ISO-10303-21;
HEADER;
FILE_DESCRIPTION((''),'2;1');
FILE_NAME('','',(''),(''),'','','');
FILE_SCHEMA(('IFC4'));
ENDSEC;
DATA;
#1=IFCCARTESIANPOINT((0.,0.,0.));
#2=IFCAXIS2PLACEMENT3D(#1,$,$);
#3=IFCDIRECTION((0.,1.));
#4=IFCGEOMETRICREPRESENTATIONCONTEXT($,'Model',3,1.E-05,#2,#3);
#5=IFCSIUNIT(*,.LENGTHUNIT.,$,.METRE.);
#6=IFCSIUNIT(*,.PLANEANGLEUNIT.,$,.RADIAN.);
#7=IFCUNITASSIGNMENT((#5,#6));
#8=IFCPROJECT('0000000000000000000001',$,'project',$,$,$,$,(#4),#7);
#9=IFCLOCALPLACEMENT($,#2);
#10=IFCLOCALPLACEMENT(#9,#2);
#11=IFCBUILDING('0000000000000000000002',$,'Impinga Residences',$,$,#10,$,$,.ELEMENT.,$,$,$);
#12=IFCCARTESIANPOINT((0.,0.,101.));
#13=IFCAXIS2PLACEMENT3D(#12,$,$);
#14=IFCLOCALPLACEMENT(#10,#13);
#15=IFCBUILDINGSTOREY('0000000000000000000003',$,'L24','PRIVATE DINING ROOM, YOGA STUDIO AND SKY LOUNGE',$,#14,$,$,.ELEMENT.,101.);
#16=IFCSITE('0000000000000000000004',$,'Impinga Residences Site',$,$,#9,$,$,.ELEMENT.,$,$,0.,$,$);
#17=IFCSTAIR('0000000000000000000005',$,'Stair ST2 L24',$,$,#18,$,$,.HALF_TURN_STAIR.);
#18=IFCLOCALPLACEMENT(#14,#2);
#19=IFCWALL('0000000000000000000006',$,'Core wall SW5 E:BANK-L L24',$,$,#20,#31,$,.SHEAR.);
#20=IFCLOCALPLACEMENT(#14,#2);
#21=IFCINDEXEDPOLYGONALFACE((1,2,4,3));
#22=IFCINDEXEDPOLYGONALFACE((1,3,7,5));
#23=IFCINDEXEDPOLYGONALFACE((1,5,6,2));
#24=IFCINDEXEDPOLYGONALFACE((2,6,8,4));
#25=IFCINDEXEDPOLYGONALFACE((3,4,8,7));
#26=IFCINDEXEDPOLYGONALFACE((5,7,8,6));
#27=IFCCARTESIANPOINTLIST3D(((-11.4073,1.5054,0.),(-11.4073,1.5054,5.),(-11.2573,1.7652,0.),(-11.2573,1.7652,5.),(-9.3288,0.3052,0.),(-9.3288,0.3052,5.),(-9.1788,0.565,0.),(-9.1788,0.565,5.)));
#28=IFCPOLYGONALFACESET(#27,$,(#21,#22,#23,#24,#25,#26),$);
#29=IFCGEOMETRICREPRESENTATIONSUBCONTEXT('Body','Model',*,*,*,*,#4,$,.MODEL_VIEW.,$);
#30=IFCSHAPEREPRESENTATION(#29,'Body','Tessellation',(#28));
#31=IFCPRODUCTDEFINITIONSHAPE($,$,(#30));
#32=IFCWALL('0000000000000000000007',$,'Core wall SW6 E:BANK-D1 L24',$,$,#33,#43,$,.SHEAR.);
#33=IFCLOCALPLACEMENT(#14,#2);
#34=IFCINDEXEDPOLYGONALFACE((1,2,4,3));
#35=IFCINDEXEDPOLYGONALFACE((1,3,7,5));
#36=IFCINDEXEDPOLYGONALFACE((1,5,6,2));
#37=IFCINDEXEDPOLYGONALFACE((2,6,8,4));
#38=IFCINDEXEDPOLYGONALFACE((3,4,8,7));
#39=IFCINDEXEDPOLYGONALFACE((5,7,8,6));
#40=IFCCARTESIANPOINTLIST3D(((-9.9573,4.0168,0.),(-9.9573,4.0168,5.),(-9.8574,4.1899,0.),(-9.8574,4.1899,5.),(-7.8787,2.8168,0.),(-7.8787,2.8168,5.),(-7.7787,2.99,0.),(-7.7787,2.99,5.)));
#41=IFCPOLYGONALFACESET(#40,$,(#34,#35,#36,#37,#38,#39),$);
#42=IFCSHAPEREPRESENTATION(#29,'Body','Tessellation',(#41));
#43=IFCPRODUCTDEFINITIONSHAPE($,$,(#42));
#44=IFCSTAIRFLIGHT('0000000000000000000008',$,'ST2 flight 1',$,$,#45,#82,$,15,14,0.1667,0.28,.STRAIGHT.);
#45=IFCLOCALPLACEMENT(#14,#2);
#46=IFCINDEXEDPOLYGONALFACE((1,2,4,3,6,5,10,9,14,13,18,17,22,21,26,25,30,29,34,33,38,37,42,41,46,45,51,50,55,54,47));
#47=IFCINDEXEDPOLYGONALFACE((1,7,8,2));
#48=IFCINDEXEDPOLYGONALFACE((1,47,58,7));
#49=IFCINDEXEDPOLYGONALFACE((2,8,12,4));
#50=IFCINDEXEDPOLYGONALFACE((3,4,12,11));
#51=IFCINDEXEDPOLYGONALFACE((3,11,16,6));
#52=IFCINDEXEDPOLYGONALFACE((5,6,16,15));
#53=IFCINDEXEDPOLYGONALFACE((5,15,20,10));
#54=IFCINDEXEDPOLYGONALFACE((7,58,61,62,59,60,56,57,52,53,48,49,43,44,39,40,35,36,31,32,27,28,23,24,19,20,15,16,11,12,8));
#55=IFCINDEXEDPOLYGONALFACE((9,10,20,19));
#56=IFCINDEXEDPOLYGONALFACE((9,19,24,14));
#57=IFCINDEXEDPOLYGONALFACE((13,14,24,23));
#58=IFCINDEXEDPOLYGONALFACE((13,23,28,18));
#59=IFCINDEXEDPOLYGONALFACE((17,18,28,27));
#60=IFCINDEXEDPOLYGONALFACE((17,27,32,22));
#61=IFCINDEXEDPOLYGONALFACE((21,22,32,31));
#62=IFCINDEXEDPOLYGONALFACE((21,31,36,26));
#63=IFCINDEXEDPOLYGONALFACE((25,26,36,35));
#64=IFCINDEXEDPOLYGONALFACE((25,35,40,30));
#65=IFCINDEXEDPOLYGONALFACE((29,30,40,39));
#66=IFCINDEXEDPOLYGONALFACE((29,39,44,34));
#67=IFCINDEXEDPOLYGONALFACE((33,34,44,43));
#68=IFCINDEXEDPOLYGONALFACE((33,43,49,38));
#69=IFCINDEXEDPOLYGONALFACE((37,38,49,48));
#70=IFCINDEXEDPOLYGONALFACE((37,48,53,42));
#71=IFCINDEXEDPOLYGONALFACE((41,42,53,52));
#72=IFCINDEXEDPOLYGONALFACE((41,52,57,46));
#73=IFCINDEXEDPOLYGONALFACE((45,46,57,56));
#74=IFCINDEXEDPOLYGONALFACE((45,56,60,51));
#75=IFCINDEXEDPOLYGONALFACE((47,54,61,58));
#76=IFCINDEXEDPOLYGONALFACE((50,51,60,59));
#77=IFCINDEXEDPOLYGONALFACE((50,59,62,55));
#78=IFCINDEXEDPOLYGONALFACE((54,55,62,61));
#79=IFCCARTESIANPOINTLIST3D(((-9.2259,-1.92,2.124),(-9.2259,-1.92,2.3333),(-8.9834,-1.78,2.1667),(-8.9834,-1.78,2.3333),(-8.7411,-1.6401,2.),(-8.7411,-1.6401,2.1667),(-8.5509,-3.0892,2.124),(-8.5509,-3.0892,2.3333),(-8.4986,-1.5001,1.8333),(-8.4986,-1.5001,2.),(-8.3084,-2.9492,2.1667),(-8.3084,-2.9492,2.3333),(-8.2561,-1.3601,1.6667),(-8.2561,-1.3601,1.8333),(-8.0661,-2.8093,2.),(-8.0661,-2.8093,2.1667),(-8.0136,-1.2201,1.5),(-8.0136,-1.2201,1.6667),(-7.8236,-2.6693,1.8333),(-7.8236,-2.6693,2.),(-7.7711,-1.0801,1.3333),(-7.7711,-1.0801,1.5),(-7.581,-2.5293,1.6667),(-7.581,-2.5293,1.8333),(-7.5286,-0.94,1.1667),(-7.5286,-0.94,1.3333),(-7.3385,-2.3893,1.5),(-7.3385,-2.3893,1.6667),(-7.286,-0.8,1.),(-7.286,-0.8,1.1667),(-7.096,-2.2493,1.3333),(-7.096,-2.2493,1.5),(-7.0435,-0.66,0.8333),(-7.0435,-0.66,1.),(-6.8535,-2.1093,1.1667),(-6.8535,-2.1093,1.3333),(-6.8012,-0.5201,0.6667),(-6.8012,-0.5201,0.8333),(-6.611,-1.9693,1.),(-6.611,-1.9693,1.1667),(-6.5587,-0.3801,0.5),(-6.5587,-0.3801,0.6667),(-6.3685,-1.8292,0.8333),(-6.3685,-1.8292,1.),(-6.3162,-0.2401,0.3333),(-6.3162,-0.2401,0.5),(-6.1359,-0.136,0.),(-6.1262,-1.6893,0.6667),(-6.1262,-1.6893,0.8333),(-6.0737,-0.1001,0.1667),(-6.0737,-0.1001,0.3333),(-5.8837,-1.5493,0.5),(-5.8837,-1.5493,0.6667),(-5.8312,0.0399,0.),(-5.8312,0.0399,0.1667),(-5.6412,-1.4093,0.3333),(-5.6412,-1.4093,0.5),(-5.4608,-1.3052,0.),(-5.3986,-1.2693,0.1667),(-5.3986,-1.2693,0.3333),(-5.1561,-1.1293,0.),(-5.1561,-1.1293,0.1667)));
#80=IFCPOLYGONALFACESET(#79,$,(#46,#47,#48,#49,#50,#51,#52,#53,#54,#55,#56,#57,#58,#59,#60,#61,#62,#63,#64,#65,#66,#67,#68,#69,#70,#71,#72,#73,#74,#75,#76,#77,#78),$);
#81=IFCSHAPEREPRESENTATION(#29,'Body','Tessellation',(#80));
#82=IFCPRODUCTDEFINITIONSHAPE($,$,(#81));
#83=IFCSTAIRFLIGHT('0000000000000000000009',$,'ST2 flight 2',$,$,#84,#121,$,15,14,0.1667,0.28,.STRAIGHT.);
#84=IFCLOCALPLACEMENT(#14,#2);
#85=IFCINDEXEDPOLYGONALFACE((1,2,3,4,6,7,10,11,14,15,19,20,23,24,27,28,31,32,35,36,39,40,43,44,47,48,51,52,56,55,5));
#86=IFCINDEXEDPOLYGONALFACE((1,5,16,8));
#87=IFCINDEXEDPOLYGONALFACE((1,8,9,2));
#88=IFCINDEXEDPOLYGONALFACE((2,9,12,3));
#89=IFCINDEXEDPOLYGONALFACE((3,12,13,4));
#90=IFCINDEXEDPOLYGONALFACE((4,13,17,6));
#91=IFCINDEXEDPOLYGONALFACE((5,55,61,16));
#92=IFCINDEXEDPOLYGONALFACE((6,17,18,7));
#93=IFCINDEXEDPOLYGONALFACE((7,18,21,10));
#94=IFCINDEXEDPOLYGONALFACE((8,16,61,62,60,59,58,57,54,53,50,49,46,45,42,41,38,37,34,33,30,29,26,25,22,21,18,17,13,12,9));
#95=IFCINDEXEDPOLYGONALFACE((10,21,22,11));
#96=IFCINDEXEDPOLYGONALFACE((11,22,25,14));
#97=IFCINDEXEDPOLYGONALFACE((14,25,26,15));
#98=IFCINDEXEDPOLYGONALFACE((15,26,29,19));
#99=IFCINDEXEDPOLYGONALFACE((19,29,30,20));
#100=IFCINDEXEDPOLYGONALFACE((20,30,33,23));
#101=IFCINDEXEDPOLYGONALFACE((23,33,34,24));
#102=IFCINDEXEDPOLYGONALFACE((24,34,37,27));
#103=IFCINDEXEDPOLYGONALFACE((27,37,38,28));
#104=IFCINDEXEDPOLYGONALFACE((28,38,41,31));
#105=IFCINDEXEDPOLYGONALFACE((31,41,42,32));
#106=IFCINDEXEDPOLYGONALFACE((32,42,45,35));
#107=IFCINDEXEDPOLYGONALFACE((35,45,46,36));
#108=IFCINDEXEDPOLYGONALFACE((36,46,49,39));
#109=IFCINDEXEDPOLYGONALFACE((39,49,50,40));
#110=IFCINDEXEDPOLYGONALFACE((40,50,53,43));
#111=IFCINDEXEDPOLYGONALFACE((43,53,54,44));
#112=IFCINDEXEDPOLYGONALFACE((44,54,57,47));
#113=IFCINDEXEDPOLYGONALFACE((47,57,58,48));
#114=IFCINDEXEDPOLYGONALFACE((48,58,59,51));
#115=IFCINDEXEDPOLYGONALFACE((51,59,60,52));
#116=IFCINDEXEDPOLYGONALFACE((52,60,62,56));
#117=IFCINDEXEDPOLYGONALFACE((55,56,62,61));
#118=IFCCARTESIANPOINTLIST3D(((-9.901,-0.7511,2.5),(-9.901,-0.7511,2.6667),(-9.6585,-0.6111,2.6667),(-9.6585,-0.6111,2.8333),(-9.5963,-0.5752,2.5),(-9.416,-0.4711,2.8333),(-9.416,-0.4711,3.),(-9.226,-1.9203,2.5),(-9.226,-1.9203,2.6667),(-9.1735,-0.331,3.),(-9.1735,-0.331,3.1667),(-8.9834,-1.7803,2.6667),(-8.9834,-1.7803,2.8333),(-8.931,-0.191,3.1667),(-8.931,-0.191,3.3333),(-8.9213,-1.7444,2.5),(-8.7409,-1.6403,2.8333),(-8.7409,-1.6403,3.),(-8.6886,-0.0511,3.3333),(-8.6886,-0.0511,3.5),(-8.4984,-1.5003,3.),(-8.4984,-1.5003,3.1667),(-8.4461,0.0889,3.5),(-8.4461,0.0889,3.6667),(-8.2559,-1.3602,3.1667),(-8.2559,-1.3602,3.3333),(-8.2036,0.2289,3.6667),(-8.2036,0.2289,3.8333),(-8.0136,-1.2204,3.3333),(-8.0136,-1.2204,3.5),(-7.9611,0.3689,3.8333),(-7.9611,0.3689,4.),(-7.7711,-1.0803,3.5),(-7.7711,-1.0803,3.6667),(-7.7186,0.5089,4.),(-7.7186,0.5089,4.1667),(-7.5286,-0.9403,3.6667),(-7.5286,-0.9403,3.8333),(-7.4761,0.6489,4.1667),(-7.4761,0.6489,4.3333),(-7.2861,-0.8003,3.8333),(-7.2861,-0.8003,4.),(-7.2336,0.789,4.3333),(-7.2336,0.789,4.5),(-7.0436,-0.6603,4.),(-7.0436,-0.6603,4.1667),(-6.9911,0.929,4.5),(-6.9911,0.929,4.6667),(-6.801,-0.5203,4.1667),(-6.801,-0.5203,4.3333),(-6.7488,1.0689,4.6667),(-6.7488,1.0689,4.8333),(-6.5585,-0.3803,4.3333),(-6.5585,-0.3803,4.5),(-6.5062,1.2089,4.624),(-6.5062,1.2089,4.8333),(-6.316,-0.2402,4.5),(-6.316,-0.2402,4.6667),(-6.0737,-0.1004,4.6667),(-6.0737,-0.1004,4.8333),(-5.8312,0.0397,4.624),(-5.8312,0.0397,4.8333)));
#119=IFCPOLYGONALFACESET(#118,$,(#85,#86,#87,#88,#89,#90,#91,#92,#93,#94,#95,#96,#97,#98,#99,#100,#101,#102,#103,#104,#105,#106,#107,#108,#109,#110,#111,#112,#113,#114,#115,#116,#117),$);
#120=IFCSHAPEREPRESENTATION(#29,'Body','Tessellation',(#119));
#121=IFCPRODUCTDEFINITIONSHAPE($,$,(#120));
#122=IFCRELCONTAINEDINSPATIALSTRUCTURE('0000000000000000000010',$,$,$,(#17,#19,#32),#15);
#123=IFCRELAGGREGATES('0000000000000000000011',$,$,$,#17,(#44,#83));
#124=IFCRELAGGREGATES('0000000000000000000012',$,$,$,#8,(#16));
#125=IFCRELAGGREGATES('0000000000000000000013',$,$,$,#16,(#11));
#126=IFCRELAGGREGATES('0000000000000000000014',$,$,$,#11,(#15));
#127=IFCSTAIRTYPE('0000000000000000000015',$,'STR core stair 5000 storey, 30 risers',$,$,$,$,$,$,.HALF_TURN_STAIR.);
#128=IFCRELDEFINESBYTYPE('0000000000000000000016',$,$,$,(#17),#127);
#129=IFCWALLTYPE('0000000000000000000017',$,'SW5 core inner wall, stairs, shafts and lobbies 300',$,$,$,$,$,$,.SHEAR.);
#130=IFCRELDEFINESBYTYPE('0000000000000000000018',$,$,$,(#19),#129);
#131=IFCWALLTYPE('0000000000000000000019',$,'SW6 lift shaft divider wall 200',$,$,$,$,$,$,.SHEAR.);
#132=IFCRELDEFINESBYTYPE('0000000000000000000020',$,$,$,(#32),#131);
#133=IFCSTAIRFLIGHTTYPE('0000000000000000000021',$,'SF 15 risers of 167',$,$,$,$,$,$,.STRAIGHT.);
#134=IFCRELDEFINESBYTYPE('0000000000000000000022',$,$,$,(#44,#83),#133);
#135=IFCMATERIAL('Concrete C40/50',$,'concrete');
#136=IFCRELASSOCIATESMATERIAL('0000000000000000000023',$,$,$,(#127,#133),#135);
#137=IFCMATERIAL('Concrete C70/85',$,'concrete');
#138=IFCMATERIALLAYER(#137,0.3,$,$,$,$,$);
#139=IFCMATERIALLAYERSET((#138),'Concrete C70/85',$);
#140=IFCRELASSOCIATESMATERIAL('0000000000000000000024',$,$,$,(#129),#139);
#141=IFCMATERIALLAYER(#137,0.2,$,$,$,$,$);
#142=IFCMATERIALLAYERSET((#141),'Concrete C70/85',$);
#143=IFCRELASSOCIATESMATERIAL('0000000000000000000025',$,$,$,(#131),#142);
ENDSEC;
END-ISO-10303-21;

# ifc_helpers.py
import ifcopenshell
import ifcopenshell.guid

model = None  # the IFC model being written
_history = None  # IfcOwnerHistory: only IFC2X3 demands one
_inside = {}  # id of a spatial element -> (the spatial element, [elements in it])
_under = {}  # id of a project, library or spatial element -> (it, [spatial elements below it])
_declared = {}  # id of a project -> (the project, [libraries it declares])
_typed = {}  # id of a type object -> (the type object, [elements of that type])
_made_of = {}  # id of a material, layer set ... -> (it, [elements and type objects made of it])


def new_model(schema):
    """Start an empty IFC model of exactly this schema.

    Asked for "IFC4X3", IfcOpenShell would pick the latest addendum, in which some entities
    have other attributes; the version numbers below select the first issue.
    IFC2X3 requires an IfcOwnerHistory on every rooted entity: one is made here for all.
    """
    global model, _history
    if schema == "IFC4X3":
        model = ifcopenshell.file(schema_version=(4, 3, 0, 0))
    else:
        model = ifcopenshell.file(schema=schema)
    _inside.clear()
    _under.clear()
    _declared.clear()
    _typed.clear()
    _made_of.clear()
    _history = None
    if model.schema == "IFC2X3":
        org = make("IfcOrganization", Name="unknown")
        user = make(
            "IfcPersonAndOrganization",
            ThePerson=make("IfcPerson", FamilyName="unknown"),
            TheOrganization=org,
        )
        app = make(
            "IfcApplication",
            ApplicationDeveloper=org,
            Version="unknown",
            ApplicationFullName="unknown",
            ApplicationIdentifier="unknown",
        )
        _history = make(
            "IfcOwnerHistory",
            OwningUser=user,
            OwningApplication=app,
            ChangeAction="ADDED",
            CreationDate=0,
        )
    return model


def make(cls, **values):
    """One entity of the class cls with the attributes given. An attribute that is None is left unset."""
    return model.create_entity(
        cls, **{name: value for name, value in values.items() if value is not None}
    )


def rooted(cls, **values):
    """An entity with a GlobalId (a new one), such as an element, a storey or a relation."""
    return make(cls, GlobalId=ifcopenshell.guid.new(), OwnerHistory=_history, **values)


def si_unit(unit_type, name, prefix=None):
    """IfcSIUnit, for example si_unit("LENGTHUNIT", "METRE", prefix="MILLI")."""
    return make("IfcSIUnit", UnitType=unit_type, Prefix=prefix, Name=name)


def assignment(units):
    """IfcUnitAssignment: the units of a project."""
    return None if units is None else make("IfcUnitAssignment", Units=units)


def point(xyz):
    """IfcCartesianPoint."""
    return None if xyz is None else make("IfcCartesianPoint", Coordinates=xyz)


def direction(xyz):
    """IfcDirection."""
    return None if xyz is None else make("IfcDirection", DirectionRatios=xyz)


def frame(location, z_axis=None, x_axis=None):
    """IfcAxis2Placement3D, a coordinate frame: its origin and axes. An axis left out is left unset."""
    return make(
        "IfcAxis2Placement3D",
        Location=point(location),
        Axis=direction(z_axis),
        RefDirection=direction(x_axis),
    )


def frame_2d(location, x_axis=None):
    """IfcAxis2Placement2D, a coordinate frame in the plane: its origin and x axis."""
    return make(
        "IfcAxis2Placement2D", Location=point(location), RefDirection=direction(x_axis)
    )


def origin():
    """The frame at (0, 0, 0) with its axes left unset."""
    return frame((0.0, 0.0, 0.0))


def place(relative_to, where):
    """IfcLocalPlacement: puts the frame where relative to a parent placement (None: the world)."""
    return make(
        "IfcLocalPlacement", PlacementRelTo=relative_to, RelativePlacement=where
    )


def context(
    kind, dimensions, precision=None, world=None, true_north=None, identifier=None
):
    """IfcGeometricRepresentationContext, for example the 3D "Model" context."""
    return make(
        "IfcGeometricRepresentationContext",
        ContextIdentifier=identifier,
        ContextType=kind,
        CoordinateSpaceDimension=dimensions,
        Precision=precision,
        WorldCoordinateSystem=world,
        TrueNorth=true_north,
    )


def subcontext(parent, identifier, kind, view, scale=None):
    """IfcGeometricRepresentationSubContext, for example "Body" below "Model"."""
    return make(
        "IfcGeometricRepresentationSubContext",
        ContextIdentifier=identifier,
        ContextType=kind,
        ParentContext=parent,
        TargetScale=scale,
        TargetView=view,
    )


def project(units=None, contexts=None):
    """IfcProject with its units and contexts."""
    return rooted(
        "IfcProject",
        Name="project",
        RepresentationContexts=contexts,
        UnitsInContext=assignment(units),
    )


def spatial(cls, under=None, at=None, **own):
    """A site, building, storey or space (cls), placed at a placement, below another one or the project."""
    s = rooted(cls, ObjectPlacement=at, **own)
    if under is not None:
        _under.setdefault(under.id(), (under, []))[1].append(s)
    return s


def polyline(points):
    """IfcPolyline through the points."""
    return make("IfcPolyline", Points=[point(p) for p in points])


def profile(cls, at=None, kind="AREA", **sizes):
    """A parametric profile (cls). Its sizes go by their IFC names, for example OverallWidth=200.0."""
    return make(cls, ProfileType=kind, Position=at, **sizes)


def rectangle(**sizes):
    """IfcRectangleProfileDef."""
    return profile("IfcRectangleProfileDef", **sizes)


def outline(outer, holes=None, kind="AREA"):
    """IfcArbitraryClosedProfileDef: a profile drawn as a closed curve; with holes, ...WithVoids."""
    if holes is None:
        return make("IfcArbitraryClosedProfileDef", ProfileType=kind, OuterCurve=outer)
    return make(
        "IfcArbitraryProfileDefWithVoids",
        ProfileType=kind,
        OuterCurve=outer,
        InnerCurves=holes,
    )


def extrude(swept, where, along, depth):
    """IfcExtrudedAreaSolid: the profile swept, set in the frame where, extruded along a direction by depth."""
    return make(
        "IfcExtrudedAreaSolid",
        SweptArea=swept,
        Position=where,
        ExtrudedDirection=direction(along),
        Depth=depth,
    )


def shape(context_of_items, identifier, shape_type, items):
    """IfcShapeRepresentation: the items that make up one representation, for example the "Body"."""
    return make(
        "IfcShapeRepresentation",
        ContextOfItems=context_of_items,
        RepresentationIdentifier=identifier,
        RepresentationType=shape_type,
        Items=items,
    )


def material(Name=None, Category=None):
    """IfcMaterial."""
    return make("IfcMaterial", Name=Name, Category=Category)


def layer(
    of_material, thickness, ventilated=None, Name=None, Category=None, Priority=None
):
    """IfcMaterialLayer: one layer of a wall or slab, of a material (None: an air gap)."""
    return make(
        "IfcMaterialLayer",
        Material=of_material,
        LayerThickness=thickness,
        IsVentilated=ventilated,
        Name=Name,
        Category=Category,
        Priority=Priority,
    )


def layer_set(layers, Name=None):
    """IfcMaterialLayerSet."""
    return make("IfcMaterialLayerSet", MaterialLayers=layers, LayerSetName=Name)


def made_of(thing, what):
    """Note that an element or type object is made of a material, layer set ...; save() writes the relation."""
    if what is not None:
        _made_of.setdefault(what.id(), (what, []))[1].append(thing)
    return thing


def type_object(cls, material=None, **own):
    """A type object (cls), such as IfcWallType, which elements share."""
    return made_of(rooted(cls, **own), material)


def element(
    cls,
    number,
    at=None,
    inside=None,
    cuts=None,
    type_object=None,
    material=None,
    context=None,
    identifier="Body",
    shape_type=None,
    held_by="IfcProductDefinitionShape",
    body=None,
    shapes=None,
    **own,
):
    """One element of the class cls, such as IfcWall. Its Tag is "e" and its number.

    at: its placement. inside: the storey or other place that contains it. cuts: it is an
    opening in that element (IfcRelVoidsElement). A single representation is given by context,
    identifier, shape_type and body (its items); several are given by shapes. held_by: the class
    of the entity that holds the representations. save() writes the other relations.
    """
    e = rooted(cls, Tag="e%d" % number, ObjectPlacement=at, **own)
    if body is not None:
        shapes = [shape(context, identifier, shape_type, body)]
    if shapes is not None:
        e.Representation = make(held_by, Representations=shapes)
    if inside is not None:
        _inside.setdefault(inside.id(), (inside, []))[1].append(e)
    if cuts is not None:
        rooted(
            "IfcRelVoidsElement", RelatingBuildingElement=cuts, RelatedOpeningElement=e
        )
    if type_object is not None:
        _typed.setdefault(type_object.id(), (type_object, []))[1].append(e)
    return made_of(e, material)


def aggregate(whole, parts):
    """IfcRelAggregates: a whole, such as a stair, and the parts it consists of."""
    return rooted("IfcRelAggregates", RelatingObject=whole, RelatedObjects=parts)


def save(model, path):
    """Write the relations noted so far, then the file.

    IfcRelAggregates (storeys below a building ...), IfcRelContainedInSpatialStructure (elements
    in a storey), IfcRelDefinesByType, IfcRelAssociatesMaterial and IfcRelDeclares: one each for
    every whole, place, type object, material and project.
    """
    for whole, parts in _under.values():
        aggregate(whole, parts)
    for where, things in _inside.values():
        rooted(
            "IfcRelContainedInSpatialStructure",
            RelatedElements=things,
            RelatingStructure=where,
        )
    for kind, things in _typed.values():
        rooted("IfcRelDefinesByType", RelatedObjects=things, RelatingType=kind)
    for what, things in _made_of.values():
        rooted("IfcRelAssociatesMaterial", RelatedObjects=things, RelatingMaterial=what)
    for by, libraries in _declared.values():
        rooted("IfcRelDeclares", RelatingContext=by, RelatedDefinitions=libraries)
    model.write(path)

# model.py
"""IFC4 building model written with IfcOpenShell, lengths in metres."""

from ifc_helpers import new_model, si_unit, direction, frame, frame_2d, origin, place, context, subcontext, project, spatial, polyline, rectangle, outline, extrude, material, layer, layer_set, type_object, element, aggregate, save


model = new_model("IFC4")

# Units and contexts
model_context = context("Model", 3, precision=1e-05, world=origin(), true_north=direction((0.0, 1.0)))
body_context = subcontext(model_context, "Body", "Model", "MODEL_VIEW")
ifc_project = project(units=[si_unit("LENGTHUNIT", "METRE"), si_unit("PLANEANGLEUNIT", "RADIAN")], contexts=[model_context])

# Site, building, storey
site_placement = place(None, origin())
site = spatial("IfcSite", under=ifc_project, at=site_placement, Name="Impinga Residences Site", CompositionType="ELEMENT", RefElevation=0.0)
building_placement = place(site_placement, origin())
building = spatial("IfcBuilding", under=site, at=building_placement, Name="Impinga Residences", CompositionType="ELEMENT")
storey_placement = place(building_placement, frame((0.0, 0.0, 101.0)))
storey = spatial("IfcBuildingStorey", under=building, at=storey_placement, Name="L24", Description="PRIVATE DINING ROOM, YOGA STUDIO AND SKY LOUNGE", CompositionType="ELEMENT", Elevation=101.0)

# Stair
ifc_material_1 = material(Name="Concrete C40/50", Category="concrete")
stair_type = type_object("IfcStairType", Name="STR core stair 5000 storey, 30 risers", PredefinedType="HALF_TURN_STAIR", material=ifc_material_1)
stair_1_placement = place(storey_placement, origin())
stair_1 = element("IfcStair", 1, at=stair_1_placement, inside=storey, type_object=stair_type, Name="Stair ST2 L24", PredefinedType="HALF_TURN_STAIR")

# Shared definitions
ifc_material_2 = material(Name="Concrete C70/85", Category="concrete")
ifc_layer_1 = layer(ifc_material_2, 0.3)
ifc_layer_set_1 = layer_set([ifc_layer_1], Name="Concrete C70/85")
wall_type_1 = type_object("IfcWallType", Name="SW5 core inner wall, stairs, shafts and lobbies 300", PredefinedType="SHEAR", material=ifc_layer_set_1)

# Walls
wall_1_placement = place(storey_placement, frame((-9.2537, 0.4351, 0.0), z_axis=(0.0, 0.0, 1.0), x_axis=(-0.866006, 0.500034, 0.0)))
element("IfcWall", 2, at=wall_1_placement, inside=storey, type_object=wall_type_1, Name="Core wall SW5 E:BANK-L L24", PredefinedType="SHEAR", context=body_context, shape_type="SweptSolid", body=[
    extrude(rectangle(XDim=2.4001, YDim=0.3, at=frame_2d((1.2002, 0.0))), origin(), (0.0, 0.0, 1.0), 5.0),
])
ifc_layer_2 = layer(ifc_material_2, 0.2)
ifc_layer_set_2 = layer_set([ifc_layer_2], Name="Concrete C70/85")
wall_type_2 = type_object("IfcWallType", Name="SW6 lift shaft divider wall 200", PredefinedType="SHEAR", material=ifc_layer_set_2)
wall_2_placement = place(storey_placement, frame((-7.8286, 2.9033, 0.0), z_axis=(0.0, 0.0, 1.0), x_axis=(-0.86605, 0.499957, 0.0)))
element("IfcWall", 3, at=wall_2_placement, inside=storey, type_object=wall_type_2, Name="Core wall SW6 E:BANK-D1 L24", PredefinedType="SHEAR", context=body_context, shape_type="SweptSolid", body=[
    extrude(rectangle(XDim=2.4001, YDim=0.2, at=frame_2d((1.2002, 0.0))), origin(), (0.0, 0.0, 1.0), 5.0),
])

# Stair flights
stair_flight_type = type_object("IfcStairFlightType", Name="SF 15 risers of 167", PredefinedType="STRAIGHT", material=ifc_material_1)
stair_flight_1_placement = place(storey_placement, frame((-5.4937, -0.5447, 0.0), z_axis=(0.0, 0.0, 1.0), x_axis=(-0.866025, -0.5, 0.0)))
stair_flight_1 = element("IfcStairFlight", 4, at=stair_flight_1_placement, type_object=stair_flight_type, Name="ST2 flight 1", NumberOfRisers=15, NumberOfTreads=14, PredefinedType="STRAIGHT", RiserHeight=0.1667, TreadLength=0.28, context=body_context, shape_type="SweptSolid", body=[
    extrude(outline(polyline([(0.0, 0.0), (0.0, 0.1667), (0.28, 0.1667), (0.28, 0.3333), (0.5601, 0.3333), (0.5601, 0.5), (0.8401, 0.5), (0.8401, 0.6667), (1.1201, 0.6667), (1.1201, 0.8333), (1.3999, 0.8333), (1.3999, 1.0), (1.6799, 1.0), (1.6799, 1.1667), (1.96, 1.1667), (1.96, 1.3333), (2.24, 1.3333), (2.24, 1.5), (2.52, 1.5), (2.52, 1.6667), (2.8, 1.6667), (2.8, 1.8333), (3.0801, 1.8333), (3.0801, 2.0), (3.3601, 2.0), (3.3601, 2.1667), (3.6399, 2.1667), (3.6399, 2.3333), (3.9199, 2.3333), (3.9199, 2.5), (3.9199, 2.124), (0.3518, 0.0), (0.0, 0.0)])), frame((0.0, 0.675, 0.0), z_axis=(0.0, -1.0, 0.0), x_axis=(1.0, 0.0, 0.0)), (0.0, 0.0, 1.0), 1.3501),
])
stair_flight_2_placement = place(storey_placement, frame((-9.5635, -1.3357, 2.5), z_axis=(0.0, 0.0, 1.0), x_axis=(0.866025, 0.5, 0.0)))
stair_flight_2 = element("IfcStairFlight", 5, at=stair_flight_2_placement, type_object=stair_flight_type, Name="ST2 flight 2", NumberOfRisers=15, NumberOfTreads=14, PredefinedType="STRAIGHT", RiserHeight=0.1667, TreadLength=0.28, context=body_context, shape_type="SweptSolid", body=[
    extrude(outline(polyline([(0.0, 0.0), (0.0, 0.1667), (0.28, 0.1667), (0.28, 0.3333), (0.5601, 0.3333), (0.5601, 0.5), (0.8401, 0.5), (0.8401, 0.6667), (1.1201, 0.6667), (1.1201, 0.8333), (1.3999, 0.8333), (1.3999, 1.0), (1.6799, 1.0), (1.6799, 1.1667), (1.96, 1.1667), (1.96, 1.3333), (2.24, 1.3333), (2.24, 1.5), (2.52, 1.5), (2.52, 1.6667), (2.8, 1.6667), (2.8, 1.8333), (3.0801, 1.8333), (3.0801, 2.0), (3.3601, 2.0), (3.3601, 2.1667), (3.6399, 2.1667), (3.6399, 2.3333), (3.9199, 2.3333), (3.9199, 2.5), (3.9199, 2.124), (0.3518, 0.0), (0.0, 0.0)])), frame((0.0, 0.675, 0.0), z_axis=(0.0, -1.0, 0.0), x_axis=(1.0, 0.0, 0.0)), (0.0, 0.0, 1.0), 1.3501),
])
aggregate(stair_1, [stair_flight_1, stair_flight_2])

save(model, "model.ifc")
